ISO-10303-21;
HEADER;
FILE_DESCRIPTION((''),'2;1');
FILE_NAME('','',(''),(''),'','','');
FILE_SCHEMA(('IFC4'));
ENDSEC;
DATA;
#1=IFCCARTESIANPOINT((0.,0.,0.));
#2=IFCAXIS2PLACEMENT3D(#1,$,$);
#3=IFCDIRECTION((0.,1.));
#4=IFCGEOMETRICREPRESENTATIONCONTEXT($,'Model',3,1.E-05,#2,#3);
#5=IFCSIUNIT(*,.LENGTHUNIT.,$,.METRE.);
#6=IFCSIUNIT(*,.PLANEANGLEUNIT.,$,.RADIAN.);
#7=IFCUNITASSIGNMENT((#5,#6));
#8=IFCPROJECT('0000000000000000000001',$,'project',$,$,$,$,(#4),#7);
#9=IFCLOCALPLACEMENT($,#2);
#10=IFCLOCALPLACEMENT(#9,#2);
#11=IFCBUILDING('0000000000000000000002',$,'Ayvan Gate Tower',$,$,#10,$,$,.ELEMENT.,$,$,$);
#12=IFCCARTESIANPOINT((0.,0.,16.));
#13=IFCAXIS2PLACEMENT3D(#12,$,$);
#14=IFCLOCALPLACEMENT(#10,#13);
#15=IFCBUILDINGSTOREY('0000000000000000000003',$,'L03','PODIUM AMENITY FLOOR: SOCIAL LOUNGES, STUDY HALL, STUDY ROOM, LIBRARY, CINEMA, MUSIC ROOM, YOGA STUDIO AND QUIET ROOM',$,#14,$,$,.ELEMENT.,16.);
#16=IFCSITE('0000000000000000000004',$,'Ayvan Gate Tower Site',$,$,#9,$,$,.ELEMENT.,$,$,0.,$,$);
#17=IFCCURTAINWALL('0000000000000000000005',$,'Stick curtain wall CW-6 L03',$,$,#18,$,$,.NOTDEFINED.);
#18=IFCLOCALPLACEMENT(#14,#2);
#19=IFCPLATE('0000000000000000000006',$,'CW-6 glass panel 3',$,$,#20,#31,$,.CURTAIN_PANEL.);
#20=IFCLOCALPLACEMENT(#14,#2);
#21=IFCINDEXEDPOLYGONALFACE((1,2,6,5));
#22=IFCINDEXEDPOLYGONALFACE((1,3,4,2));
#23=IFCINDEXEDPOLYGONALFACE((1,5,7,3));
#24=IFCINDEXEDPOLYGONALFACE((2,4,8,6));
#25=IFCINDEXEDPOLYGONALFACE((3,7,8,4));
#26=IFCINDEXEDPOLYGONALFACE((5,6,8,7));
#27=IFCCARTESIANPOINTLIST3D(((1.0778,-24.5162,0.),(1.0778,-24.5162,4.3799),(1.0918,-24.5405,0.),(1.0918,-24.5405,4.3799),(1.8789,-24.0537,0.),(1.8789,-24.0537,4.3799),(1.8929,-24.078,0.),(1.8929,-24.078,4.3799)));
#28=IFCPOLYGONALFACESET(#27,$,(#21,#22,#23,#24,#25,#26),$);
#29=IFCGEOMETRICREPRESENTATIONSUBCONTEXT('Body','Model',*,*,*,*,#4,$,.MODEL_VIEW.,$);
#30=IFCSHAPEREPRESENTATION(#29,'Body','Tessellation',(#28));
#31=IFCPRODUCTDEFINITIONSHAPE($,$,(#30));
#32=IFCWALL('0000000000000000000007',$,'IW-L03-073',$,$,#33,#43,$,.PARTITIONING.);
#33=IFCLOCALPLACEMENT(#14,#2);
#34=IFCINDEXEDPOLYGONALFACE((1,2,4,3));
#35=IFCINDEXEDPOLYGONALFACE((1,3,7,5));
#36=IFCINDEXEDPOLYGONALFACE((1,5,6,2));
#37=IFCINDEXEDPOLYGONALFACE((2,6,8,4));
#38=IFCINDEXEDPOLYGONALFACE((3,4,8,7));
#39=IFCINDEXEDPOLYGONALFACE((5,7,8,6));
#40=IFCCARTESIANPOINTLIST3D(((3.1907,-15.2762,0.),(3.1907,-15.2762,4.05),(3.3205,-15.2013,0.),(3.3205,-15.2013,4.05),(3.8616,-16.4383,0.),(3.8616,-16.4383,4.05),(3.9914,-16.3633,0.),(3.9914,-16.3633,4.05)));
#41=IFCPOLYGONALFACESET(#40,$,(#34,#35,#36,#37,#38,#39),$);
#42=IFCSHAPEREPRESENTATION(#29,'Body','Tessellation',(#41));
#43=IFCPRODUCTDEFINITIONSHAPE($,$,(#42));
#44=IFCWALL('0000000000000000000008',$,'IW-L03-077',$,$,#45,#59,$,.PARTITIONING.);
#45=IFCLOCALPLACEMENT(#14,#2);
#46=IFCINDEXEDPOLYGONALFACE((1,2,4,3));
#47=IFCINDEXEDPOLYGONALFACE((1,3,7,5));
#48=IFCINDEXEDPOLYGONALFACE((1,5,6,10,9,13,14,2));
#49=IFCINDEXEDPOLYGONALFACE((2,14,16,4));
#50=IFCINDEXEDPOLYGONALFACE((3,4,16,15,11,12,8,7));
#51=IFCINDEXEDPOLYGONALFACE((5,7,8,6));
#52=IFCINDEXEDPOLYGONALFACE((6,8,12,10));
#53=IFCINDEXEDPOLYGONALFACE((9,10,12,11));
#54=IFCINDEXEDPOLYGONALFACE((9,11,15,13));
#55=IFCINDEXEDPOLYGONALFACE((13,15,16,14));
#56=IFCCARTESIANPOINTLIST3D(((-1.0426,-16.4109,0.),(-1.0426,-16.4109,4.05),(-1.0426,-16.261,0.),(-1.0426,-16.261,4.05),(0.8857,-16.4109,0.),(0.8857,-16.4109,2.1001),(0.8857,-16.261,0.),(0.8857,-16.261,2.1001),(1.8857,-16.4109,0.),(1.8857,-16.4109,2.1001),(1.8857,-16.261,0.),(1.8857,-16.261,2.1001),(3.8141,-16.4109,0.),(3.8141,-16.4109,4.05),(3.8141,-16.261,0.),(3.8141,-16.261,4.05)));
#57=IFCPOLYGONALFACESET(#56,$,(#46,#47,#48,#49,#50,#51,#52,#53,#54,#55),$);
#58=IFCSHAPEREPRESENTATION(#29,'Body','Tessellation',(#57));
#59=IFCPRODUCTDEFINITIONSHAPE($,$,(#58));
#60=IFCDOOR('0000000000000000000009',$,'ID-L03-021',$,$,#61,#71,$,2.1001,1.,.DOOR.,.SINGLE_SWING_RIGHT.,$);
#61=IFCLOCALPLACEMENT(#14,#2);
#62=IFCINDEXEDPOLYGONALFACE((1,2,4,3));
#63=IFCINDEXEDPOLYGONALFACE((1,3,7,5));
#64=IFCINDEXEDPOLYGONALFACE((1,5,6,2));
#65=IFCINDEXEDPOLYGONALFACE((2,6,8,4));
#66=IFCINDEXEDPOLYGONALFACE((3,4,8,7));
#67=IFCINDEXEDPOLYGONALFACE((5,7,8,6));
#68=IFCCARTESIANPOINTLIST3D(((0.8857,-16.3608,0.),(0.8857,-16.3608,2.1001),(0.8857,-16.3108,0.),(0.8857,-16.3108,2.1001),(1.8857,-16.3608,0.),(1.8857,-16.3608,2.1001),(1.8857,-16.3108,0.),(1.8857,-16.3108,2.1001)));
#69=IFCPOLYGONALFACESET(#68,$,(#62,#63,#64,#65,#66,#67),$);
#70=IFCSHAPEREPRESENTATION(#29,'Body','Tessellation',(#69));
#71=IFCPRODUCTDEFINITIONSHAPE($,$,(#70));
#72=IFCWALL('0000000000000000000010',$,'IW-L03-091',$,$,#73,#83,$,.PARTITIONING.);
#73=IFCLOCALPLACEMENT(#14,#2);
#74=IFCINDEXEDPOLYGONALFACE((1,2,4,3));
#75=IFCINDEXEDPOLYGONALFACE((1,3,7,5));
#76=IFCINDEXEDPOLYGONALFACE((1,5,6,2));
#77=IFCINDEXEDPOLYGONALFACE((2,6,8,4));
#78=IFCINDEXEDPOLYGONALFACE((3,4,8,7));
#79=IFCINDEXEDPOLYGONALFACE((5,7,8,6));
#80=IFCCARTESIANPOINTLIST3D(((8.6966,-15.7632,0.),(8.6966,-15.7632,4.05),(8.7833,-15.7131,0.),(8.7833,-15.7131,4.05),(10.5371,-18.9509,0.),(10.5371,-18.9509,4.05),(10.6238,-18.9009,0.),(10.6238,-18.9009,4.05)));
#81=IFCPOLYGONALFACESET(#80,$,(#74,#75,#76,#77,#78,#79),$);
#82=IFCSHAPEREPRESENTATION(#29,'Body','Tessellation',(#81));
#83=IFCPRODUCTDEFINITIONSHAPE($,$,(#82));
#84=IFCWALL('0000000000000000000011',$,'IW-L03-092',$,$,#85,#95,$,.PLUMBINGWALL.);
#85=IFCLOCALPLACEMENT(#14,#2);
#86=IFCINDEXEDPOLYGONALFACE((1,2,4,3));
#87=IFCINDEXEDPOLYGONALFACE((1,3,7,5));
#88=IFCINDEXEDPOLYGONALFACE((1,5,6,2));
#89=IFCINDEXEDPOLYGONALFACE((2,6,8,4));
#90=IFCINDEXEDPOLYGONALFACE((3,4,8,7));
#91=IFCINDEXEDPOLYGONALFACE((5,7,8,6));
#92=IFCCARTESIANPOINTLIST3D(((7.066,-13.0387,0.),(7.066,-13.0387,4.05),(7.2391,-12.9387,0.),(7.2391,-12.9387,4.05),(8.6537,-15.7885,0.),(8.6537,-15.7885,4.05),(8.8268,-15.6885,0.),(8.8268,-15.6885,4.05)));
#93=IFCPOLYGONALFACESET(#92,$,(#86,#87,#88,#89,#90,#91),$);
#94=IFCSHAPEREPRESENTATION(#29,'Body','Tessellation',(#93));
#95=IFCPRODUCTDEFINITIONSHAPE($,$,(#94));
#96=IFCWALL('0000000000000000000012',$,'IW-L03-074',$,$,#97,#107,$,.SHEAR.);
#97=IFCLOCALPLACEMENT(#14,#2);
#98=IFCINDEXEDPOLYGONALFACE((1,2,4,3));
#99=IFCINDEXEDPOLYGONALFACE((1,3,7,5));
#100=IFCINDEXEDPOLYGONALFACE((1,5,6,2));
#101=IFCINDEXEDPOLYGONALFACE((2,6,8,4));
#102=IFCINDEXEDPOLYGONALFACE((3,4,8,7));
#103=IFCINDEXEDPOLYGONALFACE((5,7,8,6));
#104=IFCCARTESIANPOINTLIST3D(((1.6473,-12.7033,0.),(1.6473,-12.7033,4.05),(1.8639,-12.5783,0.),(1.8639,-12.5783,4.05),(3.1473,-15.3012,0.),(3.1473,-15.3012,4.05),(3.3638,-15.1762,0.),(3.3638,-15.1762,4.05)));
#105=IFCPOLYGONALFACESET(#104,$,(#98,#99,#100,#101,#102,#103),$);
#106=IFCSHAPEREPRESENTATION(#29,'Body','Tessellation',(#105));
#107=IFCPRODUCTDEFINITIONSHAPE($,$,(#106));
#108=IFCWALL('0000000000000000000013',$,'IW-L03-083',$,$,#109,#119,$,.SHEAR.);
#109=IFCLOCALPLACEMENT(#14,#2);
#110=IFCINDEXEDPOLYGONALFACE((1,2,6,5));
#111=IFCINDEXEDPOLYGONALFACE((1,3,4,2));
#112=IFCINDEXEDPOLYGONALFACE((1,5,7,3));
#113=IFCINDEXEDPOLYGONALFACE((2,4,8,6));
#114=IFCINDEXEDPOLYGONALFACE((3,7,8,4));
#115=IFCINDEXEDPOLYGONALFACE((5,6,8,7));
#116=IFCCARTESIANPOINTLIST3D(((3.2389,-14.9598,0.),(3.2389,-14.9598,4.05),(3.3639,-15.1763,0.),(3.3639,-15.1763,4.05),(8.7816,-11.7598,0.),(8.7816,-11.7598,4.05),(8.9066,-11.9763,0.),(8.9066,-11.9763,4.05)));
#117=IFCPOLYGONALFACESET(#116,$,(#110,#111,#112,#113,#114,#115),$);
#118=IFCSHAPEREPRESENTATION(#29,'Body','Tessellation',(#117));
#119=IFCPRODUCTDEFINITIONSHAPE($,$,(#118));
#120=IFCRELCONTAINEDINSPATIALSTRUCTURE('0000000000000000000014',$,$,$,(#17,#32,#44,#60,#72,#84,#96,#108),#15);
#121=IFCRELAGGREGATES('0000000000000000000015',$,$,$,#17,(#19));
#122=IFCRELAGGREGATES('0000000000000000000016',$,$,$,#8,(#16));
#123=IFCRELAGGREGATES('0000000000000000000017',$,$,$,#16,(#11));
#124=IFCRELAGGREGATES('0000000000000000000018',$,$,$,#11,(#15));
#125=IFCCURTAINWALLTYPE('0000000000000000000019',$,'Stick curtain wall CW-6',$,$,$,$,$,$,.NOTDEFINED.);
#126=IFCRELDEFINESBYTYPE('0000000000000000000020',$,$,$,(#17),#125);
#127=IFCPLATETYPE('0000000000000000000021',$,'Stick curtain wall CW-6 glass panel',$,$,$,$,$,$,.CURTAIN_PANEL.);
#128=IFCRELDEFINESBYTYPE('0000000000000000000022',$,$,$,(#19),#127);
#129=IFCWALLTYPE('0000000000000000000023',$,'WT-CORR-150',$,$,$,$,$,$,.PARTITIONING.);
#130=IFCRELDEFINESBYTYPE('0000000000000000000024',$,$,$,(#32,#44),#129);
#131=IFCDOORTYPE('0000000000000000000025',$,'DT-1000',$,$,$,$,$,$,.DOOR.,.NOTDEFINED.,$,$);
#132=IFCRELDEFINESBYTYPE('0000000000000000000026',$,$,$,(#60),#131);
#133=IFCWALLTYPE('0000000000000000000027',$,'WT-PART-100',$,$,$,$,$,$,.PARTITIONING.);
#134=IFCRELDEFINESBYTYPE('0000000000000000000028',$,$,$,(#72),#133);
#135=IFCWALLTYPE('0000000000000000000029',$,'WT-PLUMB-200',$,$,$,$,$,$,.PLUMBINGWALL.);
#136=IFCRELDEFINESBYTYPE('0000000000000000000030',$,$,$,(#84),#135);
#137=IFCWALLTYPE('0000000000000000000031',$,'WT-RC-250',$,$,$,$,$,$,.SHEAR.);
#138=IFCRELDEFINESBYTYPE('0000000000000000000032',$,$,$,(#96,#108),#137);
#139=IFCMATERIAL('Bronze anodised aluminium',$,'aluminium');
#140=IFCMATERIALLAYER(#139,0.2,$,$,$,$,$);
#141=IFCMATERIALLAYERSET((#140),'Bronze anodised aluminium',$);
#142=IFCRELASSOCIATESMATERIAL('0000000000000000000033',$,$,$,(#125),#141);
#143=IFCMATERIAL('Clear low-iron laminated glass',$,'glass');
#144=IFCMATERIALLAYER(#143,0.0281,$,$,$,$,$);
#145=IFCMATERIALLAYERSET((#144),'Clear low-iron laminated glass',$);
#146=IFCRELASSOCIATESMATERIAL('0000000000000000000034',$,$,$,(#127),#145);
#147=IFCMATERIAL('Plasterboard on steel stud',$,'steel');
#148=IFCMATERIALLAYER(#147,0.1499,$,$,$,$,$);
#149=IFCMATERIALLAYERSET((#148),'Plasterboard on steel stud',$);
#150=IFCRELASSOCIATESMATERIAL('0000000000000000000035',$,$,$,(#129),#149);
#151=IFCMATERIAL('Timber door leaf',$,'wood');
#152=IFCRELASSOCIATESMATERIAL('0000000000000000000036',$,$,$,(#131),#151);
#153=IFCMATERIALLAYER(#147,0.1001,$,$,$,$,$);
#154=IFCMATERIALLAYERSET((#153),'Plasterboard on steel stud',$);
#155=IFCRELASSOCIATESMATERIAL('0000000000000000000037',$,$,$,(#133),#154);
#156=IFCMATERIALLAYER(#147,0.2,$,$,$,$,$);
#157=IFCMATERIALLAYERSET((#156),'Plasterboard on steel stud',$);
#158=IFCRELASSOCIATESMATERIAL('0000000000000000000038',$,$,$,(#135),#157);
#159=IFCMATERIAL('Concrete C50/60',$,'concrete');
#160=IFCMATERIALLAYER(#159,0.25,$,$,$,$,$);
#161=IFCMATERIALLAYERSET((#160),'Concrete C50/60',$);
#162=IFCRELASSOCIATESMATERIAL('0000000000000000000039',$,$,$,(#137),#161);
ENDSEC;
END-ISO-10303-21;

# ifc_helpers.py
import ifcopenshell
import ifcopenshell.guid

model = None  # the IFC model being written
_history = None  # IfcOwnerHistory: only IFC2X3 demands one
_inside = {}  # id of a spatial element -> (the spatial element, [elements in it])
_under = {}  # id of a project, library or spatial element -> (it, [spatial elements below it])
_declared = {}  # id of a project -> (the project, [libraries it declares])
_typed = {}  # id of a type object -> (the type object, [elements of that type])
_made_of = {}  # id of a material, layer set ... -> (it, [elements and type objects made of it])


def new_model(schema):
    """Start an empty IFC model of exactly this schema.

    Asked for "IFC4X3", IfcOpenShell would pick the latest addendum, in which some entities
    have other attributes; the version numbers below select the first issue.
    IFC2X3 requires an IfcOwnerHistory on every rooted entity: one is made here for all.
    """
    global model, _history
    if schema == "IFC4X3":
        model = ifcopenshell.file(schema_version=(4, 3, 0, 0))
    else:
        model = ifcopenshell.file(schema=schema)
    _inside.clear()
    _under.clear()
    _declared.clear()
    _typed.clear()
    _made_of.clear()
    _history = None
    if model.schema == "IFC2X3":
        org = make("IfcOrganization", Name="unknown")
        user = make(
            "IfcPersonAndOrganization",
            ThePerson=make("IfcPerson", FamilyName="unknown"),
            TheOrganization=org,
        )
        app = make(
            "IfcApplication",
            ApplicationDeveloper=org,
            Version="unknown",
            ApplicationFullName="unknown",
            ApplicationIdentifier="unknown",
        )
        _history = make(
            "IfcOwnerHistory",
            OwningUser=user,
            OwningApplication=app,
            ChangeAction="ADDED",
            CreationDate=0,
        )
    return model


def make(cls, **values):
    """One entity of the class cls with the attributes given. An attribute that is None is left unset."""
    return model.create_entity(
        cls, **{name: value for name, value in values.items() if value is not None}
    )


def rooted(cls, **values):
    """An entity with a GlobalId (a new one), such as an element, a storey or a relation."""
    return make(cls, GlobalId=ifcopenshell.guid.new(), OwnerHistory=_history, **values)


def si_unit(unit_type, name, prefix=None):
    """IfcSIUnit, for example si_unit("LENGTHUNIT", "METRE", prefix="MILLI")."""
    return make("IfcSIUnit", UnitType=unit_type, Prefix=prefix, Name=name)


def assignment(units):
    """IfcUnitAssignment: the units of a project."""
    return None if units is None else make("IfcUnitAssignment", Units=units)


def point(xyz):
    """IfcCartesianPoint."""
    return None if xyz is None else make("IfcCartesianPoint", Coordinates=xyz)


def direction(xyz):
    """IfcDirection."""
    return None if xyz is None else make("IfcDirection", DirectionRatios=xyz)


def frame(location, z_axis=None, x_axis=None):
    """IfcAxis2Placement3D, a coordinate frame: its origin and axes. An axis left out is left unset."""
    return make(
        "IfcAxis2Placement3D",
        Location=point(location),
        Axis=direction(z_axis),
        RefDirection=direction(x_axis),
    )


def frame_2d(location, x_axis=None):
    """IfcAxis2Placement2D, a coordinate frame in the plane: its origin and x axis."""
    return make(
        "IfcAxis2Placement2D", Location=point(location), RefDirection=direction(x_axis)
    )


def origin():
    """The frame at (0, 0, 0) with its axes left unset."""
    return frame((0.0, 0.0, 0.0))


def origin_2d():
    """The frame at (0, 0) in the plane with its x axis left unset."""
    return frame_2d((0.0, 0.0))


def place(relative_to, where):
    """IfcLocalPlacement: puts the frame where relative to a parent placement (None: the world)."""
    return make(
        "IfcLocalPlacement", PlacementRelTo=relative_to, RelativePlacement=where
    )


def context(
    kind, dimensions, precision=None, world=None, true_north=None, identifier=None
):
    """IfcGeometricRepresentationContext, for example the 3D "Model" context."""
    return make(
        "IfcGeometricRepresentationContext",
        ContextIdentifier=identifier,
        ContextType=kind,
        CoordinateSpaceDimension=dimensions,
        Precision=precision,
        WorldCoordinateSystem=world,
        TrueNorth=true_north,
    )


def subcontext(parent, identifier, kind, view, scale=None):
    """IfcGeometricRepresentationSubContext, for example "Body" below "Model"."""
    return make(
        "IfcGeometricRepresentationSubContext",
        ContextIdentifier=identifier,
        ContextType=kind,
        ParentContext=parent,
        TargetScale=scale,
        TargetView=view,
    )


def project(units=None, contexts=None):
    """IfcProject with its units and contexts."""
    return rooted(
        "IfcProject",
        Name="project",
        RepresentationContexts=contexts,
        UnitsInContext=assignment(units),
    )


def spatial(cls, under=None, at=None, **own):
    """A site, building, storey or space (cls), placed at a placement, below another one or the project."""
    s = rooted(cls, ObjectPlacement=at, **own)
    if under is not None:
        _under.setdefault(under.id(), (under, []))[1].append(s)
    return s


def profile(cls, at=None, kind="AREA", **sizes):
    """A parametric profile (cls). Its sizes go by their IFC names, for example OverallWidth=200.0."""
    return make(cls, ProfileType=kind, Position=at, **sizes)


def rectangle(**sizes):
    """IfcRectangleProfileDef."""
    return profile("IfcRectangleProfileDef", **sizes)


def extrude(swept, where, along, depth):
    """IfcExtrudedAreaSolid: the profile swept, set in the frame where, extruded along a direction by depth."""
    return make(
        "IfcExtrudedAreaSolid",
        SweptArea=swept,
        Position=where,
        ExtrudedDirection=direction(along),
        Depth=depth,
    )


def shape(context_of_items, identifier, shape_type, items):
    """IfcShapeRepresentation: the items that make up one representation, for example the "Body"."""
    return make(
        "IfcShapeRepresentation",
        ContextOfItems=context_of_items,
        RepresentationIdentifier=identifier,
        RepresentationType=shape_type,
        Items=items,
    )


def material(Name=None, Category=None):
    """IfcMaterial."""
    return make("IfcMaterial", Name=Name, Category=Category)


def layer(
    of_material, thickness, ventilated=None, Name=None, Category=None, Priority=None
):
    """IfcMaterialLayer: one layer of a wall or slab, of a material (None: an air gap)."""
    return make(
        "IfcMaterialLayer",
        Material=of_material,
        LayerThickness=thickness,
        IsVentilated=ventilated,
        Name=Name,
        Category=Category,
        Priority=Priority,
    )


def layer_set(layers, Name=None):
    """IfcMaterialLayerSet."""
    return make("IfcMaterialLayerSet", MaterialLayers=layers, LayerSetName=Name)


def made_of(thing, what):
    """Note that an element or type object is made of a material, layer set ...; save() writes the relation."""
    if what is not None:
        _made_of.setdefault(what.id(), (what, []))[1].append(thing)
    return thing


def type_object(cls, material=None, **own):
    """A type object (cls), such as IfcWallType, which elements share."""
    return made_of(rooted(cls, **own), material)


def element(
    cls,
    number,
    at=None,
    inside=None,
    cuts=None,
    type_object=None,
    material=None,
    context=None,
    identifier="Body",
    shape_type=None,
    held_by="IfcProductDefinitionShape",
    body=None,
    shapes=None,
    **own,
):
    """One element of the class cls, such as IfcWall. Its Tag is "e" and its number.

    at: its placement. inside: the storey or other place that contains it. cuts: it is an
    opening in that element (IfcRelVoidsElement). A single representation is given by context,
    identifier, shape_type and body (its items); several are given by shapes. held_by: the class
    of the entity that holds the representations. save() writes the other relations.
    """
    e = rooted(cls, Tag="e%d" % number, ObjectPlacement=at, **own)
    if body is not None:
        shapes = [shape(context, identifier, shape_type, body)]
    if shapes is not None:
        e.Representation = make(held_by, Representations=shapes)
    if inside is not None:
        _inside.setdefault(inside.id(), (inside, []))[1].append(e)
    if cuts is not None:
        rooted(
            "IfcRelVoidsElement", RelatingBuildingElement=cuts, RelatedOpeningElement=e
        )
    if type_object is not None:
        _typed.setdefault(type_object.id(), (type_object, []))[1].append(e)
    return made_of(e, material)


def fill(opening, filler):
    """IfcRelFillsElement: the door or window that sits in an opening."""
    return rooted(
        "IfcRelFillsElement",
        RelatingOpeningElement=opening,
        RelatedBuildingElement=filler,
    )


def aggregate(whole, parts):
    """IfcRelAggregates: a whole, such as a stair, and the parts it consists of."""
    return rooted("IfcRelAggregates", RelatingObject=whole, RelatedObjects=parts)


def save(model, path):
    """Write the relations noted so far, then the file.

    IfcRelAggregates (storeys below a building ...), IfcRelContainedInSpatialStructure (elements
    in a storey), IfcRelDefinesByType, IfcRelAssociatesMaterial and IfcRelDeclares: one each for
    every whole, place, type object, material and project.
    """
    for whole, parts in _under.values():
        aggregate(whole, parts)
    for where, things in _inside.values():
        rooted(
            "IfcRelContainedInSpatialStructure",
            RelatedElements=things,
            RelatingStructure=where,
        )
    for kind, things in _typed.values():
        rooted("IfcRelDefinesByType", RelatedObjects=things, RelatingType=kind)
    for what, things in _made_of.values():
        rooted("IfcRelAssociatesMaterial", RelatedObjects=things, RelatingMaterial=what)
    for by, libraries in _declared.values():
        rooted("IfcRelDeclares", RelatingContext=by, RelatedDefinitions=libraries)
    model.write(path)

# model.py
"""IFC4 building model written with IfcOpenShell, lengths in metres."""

from ifc_helpers import new_model, si_unit, direction, frame, frame_2d, origin, origin_2d, place, context, subcontext, project, spatial, rectangle, extrude, material, layer, layer_set, type_object, element, fill, aggregate, save


model = new_model("IFC4")

# Units and contexts
model_context = context("Model", 3, precision=1e-05, world=origin(), true_north=direction((0.0, 1.0)))
body_context = subcontext(model_context, "Body", "Model", "MODEL_VIEW")
ifc_project = project(units=[si_unit("LENGTHUNIT", "METRE"), si_unit("PLANEANGLEUNIT", "RADIAN")], contexts=[model_context])

# Site, building, storey
site_placement = place(None, origin())
site = spatial("IfcSite", under=ifc_project, at=site_placement, Name="Ayvan Gate Tower Site", CompositionType="ELEMENT", RefElevation=0.0)
building_placement = place(site_placement, origin())
building = spatial("IfcBuilding", under=site, at=building_placement, Name="Ayvan Gate Tower", CompositionType="ELEMENT")
storey_placement = place(building_placement, frame((0.0, 0.0, 16.0)))
storey = spatial("IfcBuildingStorey", under=building, at=storey_placement, Name="L03", Description="PODIUM AMENITY FLOOR: SOCIAL LOUNGES, STUDY HALL, STUDY ROOM, LIBRARY, CINEMA, MUSIC ROOM, YOGA STUDIO AND QUIET ROOM", CompositionType="ELEMENT", Elevation=16.0)

# Curtain wall
ifc_material_1 = material(Name="Bronze anodised aluminium", Category="aluminium")
ifc_layer_1 = layer(ifc_material_1, 0.2)
ifc_layer_set_1 = layer_set([ifc_layer_1], Name="Bronze anodised aluminium")
curtain_wall_type_1 = type_object("IfcCurtainWallType", Name="Stick curtain wall CW-6", PredefinedType="NOTDEFINED", material=ifc_layer_set_1)
curtain_wall_1_placement = place(storey_placement, origin())
curtain_wall_1 = element("IfcCurtainWall", 1, at=curtain_wall_1_placement, inside=storey, type_object=curtain_wall_type_1, Name="Stick curtain wall CW-6 L03", PredefinedType="NOTDEFINED")

# Plate
ifc_material_2 = material(Name="Clear low-iron laminated glass", Category="glass")
ifc_layer_2 = layer(ifc_material_2, 0.0281)
ifc_layer_set_2 = layer_set([ifc_layer_2], Name="Clear low-iron laminated glass")
plate_type_1 = type_object("IfcPlateType", Name="Stick curtain wall CW-6 glass panel", PredefinedType="CURTAIN_PANEL", material=ifc_layer_set_2)
plate_1_placement = place(storey_placement, frame((1.4854, -24.2971, 0.0), z_axis=(0.0, 0.0, 1.0), x_axis=(0.866025, 0.5, 0.0)))
plate_1 = element("IfcPlate", 2, at=plate_1_placement, type_object=plate_type_1, Name="CW-6 glass panel 3", PredefinedType="CURTAIN_PANEL", context=body_context, shape_type="SweptSolid", body=[
    extrude(rectangle(XDim=0.925, YDim=0.0281, at=origin_2d()), origin(), (0.0, 0.0, 1.0), 4.3799),
])
aggregate(curtain_wall_1, [plate_1])

# Wall
ifc_material_3 = material(Name="Plasterboard on steel stud", Category="steel")
ifc_layer_3 = layer(ifc_material_3, 0.1499)
ifc_layer_set_3 = layer_set([ifc_layer_3], Name="Plasterboard on steel stud")
wall_type_1 = type_object("IfcWallType", Name="WT-CORR-150", PredefinedType="PARTITIONING", material=ifc_layer_set_3)
wall_1_placement = place(storey_placement, frame((3.2556, -15.2388, 0.0), z_axis=(0.0, 0.0, 1.0), x_axis=(0.499974, -0.86604, 0.0)))
element("IfcWall", 3, at=wall_1_placement, inside=storey, type_object=wall_type_1, Name="IW-L03-073", PredefinedType="PARTITIONING", context=body_context, shape_type="SweptSolid", body=[
    extrude(rectangle(XDim=1.3418, YDim=0.1499, at=frame_2d((0.6709, 0.0))), origin(), (0.0, 0.0, 1.0), 4.05),
])

# Wall, opening, door
wall_2_placement = place(storey_placement, frame((3.814, -16.3359, 0.0), z_axis=(0.0, 0.0, 1.0), x_axis=(-1.0, 0.0, 0.0)))
wall_2 = element("IfcWall", 4, at=wall_2_placement, inside=storey, type_object=wall_type_1, Name="IW-L03-077", PredefinedType="PARTITIONING", context=body_context, shape_type="SweptSolid", body=[
    extrude(rectangle(XDim=4.8567, YDim=0.1499, at=frame_2d((2.4282, 0.0))), origin(), (0.0, 0.0, 1.0), 4.05),
])
opening_placement = place(wall_2_placement, frame((1.9282, 0.0, 0.0)))
opening = element("IfcOpeningElement", 5, at=opening_placement, cuts=wall_2, PredefinedType="OPENING", context=body_context, shape_type="SweptSolid", body=[
    extrude(rectangle(XDim=1.0, YDim=2.1001, at=frame_2d((0.5, 1.05))), frame((0.0, 0.085, 0.0), z_axis=(0.0, -1.0, 0.0), x_axis=(1.0, 0.0, 0.0)), (0.0, 0.0, 1.0), 0.1699),
])
ifc_material_4 = material(Name="Timber door leaf", Category="wood")
door_type = type_object("IfcDoorType", Name="DT-1000", OperationType="NOTDEFINED", PredefinedType="DOOR", material=ifc_material_4)
door_placement = place(opening_placement, origin())
door = element("IfcDoor", 6, at=door_placement, inside=storey, type_object=door_type, Name="ID-L03-021", OperationType="SINGLE_SWING_RIGHT", OverallHeight=2.1001, OverallWidth=1.0, PredefinedType="DOOR", context=body_context, shape_type="SweptSolid", body=[
    extrude(rectangle(XDim=1.0, YDim=2.1001, at=frame_2d((0.5, 1.05))), frame((0.0, 0.0249, 0.0), z_axis=(0.0, -1.0, 0.0), x_axis=(1.0, 0.0, 0.0)), (0.0, 0.0, 1.0), 0.05),
])
fill(opening, door)

# Walls
ifc_layer_4 = layer(ifc_material_3, 0.1001)
ifc_layer_set_4 = layer_set([ifc_layer_4], Name="Plasterboard on steel stud")
wall_type_2 = type_object("IfcWallType", Name="WT-PART-100", PredefinedType="PARTITIONING", material=ifc_layer_set_4)
wall_3_placement = place(storey_placement, frame((8.74, -15.7383, 0.0), z_axis=(0.0, 0.0, 1.0), x_axis=(0.500027, -0.86601, 0.0)))
element("IfcWall", 7, at=wall_3_placement, inside=storey, type_object=wall_type_2, Name="IW-L03-091", PredefinedType="PARTITIONING", context=body_context, shape_type="SweptSolid", body=[
    extrude(rectangle(XDim=3.6809, YDim=0.1001, at=frame_2d((1.8403, 0.0))), origin(), (0.0, 0.0, 1.0), 4.05),
])
ifc_layer_5 = layer(ifc_material_3, 0.2)
ifc_layer_set_5 = layer_set([ifc_layer_5], Name="Plasterboard on steel stud")
wall_type_3 = type_object("IfcWallType", Name="WT-PLUMB-200", PredefinedType="PLUMBINGWALL", material=ifc_layer_set_5)
wall_4_placement = place(storey_placement, frame((8.7402, -15.7385, 0.0), z_axis=(0.0, 0.0, 1.0), x_axis=(-0.500018, 0.866015, 0.0)))
element("IfcWall", 8, at=wall_4_placement, inside=storey, type_object=wall_type_3, Name="IW-L03-092", PredefinedType="PLUMBINGWALL", context=body_context, shape_type="SweptSolid", body=[
    extrude(rectangle(XDim=3.1753, YDim=0.2, at=frame_2d((1.5876, 0.0))), origin(), (0.0, 0.0, 1.0), 4.05),
])
ifc_material_5 = material(Name="Concrete C50/60", Category="concrete")
ifc_layer_6 = layer(ifc_material_5, 0.25)
ifc_layer_set_6 = layer_set([ifc_layer_6], Name="Concrete C50/60")
wall_type_4 = type_object("IfcWallType", Name="WT-RC-250", PredefinedType="SHEAR", material=ifc_layer_set_6)
wall_5_placement = place(storey_placement, frame((3.2556, -15.2388, 0.0), z_axis=(0.0, 0.0, 1.0), x_axis=(-0.500025, 0.866011, 0.0)))
element("IfcWall", 9, at=wall_5_placement, inside=storey, type_object=wall_type_4, Name="IW-L03-074", PredefinedType="SHEAR", context=body_context, shape_type="SweptSolid", body=[
    extrude(rectangle(XDim=2.9998, YDim=0.25, at=frame_2d((1.5, 0.0))), origin(), (0.0, 0.0, 1.0), 4.05),
])
wall_6_placement = place(storey_placement, frame((3.3013, -15.0681, 0.0), z_axis=(0.0, 0.0, 1.0), x_axis=(0.866035, 0.499983, 0.0)))
element("IfcWall", 10, at=wall_6_placement, inside=storey, type_object=wall_type_4, Name="IW-L03-083", PredefinedType="SHEAR", context=body_context, shape_type="SweptSolid", body=[
    extrude(rectangle(XDim=6.4001, YDim=0.25, at=frame_2d((3.2002, 0.0))), origin(), (0.0, 0.0, 1.0), 4.05),
])

save(model, "model.ifc")
